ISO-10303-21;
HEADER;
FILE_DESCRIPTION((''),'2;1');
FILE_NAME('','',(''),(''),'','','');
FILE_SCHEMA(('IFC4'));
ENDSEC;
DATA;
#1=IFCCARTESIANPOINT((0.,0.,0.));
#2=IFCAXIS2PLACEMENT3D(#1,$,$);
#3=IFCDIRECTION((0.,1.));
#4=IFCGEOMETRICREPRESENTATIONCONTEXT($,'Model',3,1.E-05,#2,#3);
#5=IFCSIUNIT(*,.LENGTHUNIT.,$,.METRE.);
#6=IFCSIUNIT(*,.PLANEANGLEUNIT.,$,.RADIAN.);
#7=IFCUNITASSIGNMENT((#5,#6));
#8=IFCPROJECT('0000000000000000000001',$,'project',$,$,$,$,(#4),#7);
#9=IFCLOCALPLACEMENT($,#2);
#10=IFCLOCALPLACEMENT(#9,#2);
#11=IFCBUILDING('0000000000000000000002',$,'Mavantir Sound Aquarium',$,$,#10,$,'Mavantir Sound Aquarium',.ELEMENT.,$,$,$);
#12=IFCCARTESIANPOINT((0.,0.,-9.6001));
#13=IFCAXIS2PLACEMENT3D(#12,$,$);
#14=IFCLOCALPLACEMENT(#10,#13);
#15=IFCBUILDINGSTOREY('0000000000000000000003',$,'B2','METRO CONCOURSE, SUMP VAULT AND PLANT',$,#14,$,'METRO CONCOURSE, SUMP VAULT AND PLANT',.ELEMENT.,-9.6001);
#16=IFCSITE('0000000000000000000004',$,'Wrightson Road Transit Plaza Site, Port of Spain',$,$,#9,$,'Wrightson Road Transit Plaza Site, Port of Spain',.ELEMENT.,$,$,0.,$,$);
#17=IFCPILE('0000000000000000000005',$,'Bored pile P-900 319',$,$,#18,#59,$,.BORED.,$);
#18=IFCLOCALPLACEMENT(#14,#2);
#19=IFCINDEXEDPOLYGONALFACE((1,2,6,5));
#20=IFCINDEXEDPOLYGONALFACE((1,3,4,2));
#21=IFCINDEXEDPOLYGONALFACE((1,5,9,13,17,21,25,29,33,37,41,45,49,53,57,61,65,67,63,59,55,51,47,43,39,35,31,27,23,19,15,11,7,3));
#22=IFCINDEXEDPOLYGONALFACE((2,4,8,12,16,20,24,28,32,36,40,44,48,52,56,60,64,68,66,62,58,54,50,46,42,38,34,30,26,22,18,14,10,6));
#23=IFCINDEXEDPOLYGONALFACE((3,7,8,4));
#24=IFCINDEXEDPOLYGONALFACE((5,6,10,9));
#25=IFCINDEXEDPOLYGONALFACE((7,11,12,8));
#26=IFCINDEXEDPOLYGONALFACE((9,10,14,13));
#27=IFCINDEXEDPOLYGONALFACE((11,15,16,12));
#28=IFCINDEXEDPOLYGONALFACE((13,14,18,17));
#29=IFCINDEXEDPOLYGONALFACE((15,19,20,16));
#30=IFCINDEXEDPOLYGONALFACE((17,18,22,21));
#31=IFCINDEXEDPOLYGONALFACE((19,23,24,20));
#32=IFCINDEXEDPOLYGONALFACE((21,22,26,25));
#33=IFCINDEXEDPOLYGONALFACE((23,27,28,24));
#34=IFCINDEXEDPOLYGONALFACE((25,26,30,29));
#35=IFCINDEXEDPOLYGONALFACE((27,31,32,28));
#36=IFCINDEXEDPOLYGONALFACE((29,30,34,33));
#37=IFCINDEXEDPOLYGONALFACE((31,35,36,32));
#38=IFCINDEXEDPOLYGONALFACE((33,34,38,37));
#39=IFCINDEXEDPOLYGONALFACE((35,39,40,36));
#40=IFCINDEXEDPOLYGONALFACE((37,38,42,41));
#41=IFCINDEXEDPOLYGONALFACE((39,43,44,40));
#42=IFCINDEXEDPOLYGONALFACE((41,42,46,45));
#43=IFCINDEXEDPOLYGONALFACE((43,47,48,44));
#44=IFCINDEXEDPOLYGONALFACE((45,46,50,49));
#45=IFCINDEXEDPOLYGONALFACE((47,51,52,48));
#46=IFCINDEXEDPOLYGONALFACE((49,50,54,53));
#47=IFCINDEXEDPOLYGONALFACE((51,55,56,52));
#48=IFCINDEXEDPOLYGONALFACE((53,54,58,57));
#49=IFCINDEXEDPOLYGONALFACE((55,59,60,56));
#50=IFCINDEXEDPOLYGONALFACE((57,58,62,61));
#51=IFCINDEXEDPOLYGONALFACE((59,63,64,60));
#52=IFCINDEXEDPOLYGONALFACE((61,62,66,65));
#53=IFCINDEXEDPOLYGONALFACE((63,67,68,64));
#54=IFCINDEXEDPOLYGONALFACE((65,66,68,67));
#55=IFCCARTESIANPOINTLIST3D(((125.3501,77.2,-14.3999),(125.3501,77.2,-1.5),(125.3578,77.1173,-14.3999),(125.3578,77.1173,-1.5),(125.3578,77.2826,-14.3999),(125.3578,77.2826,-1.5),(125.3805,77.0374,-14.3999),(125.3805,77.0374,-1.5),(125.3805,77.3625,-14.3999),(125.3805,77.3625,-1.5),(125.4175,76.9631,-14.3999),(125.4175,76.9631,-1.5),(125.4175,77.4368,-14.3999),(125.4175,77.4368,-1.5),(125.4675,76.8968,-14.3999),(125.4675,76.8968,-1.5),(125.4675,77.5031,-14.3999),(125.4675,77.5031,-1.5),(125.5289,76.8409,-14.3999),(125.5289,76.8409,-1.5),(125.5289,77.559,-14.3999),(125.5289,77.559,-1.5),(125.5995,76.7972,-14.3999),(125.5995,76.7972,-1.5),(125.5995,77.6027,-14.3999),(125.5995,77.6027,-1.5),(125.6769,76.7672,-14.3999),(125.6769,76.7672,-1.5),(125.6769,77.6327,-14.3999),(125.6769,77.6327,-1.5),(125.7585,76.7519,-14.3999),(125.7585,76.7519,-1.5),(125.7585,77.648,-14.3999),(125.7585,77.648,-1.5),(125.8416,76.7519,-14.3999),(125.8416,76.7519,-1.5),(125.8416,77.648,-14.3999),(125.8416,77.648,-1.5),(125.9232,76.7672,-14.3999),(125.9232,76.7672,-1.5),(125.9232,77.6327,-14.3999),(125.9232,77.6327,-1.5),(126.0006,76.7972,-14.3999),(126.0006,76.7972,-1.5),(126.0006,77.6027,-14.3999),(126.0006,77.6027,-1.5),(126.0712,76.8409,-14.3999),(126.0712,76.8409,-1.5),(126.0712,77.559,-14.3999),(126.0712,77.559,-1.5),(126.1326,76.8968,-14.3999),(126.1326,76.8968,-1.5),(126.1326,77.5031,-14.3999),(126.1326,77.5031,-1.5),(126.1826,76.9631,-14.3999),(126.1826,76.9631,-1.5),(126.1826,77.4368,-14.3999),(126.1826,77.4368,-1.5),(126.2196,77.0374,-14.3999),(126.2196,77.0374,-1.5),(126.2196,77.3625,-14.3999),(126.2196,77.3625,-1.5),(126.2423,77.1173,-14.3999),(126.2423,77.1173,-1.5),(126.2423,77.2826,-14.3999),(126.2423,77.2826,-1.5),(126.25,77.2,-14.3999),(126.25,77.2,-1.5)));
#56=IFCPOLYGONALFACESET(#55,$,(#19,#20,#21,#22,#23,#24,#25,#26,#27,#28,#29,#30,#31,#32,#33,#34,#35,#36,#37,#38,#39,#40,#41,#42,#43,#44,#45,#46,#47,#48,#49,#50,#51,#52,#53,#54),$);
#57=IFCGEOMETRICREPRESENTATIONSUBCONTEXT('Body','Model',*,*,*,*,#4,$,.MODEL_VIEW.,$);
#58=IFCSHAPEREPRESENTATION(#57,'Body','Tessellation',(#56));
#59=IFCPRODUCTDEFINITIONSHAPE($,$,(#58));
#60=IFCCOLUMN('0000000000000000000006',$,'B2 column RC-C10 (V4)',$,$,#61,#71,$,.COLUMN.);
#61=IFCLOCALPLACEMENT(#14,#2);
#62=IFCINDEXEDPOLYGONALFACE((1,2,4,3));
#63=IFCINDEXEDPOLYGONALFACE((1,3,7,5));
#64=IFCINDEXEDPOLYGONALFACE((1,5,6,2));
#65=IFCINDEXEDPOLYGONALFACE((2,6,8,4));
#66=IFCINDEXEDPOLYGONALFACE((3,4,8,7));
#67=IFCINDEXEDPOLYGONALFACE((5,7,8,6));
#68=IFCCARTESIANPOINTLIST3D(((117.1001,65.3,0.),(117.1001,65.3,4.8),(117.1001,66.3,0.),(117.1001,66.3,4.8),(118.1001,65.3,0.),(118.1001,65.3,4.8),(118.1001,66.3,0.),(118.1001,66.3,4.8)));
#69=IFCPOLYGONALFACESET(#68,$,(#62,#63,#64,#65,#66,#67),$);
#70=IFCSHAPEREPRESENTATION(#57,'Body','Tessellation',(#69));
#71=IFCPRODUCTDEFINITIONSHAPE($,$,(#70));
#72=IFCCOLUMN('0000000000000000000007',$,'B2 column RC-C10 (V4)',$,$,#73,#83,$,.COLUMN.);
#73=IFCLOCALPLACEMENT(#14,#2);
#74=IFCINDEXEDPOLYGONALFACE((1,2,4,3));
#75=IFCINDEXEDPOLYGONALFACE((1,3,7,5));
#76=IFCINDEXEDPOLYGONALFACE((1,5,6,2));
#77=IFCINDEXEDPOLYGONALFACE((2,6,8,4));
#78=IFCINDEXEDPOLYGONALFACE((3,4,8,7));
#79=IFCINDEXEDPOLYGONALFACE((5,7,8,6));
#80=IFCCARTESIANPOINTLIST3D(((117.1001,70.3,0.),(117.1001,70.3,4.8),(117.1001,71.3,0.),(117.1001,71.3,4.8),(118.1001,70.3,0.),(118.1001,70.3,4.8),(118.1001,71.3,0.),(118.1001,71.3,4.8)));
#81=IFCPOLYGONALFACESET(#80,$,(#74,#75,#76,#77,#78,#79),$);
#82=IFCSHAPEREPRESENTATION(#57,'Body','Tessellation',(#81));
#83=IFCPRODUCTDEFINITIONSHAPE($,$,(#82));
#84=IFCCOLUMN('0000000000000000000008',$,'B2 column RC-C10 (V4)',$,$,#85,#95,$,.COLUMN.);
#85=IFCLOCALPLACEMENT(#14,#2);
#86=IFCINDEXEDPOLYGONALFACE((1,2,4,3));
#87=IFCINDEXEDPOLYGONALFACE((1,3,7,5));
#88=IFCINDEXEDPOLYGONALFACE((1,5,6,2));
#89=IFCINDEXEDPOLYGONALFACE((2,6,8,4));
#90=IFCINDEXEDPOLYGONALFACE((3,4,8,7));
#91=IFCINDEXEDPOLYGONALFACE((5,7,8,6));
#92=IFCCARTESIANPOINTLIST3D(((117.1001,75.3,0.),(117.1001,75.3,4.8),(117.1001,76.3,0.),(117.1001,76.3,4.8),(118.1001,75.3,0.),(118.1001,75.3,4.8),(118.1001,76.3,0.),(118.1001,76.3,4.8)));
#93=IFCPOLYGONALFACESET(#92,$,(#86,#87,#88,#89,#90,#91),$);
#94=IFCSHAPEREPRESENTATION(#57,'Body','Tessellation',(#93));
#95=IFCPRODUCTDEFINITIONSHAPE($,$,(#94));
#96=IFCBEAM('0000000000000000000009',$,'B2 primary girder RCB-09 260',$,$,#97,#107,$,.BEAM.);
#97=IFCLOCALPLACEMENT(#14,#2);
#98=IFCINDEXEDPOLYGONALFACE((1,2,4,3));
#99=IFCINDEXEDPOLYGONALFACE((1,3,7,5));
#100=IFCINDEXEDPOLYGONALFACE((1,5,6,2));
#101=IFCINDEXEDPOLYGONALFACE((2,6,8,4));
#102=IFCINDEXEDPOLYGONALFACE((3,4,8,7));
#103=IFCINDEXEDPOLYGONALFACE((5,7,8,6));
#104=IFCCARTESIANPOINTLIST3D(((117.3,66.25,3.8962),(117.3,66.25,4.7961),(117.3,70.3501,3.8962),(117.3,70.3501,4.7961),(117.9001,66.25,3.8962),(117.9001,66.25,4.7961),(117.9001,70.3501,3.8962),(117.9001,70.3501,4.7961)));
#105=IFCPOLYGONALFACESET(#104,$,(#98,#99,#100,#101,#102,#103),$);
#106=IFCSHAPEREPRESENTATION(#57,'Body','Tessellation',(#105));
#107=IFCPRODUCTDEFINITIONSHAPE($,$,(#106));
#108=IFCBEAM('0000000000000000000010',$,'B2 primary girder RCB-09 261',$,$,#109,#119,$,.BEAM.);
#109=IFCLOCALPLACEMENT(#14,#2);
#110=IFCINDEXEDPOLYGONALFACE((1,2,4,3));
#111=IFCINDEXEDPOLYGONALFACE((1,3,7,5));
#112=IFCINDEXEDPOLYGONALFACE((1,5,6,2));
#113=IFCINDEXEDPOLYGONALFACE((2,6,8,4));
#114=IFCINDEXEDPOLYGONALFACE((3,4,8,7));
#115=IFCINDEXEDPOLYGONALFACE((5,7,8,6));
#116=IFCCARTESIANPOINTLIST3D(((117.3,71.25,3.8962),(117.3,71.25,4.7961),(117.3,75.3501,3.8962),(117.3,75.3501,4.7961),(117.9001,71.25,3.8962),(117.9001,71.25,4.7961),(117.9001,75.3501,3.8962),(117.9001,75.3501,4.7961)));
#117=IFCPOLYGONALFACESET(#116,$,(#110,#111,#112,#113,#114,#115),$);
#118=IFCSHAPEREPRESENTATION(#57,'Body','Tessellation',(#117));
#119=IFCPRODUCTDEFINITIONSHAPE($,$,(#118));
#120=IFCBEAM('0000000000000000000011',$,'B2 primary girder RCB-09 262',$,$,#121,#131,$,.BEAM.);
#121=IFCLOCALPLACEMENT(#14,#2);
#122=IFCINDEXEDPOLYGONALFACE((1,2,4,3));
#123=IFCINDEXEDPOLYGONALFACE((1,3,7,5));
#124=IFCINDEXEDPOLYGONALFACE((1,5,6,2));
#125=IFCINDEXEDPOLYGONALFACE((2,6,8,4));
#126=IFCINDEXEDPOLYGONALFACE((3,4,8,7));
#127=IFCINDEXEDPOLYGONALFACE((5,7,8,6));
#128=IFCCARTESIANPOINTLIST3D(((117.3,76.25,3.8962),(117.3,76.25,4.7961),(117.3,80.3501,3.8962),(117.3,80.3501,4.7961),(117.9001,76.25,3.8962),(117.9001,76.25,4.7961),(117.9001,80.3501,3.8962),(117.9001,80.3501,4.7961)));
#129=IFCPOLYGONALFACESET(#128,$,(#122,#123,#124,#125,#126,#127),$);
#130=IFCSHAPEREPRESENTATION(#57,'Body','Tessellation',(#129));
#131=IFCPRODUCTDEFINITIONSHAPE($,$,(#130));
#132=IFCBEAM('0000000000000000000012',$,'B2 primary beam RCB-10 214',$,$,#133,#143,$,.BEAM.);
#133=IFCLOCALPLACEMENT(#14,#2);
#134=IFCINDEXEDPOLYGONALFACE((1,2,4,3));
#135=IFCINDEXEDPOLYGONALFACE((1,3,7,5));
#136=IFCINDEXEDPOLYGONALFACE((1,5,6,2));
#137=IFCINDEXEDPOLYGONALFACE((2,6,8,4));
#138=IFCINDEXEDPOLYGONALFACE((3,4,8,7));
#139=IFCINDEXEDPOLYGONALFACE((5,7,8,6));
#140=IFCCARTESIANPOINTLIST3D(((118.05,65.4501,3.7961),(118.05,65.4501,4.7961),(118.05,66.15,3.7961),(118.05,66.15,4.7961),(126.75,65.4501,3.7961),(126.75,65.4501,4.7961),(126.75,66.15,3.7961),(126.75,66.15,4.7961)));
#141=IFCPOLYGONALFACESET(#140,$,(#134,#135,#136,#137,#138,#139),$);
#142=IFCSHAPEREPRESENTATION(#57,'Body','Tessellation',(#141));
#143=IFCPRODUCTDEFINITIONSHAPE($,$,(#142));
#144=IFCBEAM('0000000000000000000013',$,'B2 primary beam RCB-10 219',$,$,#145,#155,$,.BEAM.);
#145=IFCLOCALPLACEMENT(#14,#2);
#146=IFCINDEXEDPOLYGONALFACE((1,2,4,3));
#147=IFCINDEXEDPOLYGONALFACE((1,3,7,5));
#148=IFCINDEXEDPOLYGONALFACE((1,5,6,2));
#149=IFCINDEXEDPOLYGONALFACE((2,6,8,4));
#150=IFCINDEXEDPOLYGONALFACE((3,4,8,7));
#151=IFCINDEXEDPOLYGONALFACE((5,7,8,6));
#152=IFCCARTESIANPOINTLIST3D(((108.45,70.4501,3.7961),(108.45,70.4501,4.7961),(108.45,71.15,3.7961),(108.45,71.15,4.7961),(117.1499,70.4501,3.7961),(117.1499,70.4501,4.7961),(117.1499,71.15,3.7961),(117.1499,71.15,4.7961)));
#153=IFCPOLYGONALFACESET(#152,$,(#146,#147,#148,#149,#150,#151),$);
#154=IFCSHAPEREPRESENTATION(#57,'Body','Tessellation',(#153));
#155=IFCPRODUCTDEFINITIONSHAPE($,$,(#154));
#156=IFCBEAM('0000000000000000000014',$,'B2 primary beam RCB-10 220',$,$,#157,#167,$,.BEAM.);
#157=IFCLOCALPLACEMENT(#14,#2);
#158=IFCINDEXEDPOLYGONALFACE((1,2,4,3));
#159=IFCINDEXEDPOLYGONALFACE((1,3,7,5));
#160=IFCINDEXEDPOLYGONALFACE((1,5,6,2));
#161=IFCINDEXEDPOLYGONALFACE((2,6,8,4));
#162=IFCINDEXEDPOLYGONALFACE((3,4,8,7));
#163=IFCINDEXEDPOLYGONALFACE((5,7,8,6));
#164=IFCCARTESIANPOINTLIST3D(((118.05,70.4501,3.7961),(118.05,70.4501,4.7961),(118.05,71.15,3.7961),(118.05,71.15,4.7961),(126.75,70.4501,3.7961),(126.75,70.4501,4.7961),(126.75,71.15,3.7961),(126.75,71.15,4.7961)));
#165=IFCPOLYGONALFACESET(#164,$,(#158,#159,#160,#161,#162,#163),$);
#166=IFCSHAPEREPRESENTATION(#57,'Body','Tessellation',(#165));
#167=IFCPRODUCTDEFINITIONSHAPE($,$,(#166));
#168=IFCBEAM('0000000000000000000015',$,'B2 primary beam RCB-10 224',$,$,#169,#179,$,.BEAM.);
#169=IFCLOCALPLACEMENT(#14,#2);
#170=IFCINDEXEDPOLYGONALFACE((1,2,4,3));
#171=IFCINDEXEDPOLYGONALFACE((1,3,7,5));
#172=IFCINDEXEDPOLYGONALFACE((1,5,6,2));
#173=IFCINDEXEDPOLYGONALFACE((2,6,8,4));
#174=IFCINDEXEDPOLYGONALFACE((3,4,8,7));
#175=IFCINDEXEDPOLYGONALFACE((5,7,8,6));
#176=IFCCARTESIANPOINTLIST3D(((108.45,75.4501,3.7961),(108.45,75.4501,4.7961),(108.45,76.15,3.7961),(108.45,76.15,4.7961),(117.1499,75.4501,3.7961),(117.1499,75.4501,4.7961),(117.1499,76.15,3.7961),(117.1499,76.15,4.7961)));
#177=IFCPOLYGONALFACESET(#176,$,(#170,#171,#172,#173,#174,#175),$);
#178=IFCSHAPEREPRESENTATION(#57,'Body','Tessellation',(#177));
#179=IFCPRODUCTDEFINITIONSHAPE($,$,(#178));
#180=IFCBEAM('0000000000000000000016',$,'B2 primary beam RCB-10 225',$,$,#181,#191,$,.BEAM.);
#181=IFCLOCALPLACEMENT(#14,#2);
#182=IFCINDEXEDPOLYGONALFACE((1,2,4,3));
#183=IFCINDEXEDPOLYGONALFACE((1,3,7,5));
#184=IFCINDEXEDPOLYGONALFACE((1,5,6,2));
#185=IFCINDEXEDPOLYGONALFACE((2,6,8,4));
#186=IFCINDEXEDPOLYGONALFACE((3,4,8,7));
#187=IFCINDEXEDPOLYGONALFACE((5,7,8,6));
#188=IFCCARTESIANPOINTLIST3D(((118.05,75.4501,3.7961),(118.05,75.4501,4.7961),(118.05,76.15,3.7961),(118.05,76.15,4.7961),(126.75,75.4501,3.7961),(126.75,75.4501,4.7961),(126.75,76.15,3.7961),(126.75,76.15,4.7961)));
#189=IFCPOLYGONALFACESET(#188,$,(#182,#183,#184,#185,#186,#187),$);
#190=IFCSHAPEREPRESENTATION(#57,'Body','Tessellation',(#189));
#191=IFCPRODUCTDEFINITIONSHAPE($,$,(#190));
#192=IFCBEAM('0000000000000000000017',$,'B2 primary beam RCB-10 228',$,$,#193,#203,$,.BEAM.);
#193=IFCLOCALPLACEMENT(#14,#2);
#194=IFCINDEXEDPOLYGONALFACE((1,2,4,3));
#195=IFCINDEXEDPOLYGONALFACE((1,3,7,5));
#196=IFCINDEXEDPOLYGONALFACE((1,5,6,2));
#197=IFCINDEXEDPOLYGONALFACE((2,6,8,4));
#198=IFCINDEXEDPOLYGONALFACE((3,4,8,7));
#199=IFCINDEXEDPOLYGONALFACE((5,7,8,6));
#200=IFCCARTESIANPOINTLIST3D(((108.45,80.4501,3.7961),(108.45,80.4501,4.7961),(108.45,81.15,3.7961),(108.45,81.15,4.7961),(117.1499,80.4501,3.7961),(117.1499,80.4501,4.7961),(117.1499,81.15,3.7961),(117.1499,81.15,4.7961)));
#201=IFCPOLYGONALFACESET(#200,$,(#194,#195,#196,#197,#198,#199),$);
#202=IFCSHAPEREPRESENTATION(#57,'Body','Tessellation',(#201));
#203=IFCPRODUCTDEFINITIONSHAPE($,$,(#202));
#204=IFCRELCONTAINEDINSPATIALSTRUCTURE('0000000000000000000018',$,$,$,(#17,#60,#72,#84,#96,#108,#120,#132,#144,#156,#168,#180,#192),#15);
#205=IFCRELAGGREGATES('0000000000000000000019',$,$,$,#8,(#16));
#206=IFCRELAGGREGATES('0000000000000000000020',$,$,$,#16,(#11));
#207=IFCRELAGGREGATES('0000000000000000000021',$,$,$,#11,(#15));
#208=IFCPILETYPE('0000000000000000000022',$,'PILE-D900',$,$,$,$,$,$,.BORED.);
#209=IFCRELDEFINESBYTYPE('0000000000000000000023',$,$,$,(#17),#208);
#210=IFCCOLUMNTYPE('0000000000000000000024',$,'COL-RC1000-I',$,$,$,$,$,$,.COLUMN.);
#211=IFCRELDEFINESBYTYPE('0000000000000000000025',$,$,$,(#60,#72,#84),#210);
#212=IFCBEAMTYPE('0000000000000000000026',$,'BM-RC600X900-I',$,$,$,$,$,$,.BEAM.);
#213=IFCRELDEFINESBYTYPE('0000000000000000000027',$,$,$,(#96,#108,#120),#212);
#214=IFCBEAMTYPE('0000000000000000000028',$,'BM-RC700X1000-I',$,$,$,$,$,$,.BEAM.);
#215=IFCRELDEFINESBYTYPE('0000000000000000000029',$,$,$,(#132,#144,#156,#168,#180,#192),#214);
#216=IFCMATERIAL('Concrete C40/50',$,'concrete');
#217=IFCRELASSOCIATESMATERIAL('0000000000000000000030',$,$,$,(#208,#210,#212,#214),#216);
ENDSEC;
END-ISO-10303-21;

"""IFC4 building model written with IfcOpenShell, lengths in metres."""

from ifc_helpers import new_model, si_unit, direction, frame, origin, origin_2d, place, context, subcontext, project, spatial, rectangle, circle, extrude, material, material_profile, profile_set, type_object, element, save


model = new_model("IFC4")

# Units and contexts
model_context = context("Model", 3, precision=1e-05, world=origin(), true_north=direction((0.0, 1.0)))
body_context = subcontext(model_context, "Body", "Model", "MODEL_VIEW")
ifc_project = project(units=[si_unit("LENGTHUNIT", "METRE"), si_unit("PLANEANGLEUNIT", "RADIAN")], contexts=[model_context])

# Site, building, storey
site_placement = place(None, origin())
site = spatial("IfcSite", under=ifc_project, at=site_placement, Name="Wrightson Road Transit Plaza Site, Port of Spain", LongName="Wrightson Road Transit Plaza Site, Port of Spain", CompositionType="ELEMENT", RefElevation=0.0)
building_placement = place(site_placement, origin())
building = spatial("IfcBuilding", under=site, at=building_placement, Name="Mavantir Sound Aquarium", LongName="Mavantir Sound Aquarium", CompositionType="ELEMENT")
storey_placement = place(building_placement, frame((0.0, 0.0, -9.6001)))
storey = spatial("IfcBuildingStorey", under=building, at=storey_placement, Name="B2", Description="METRO CONCOURSE, SUMP VAULT AND PLANT", LongName="METRO CONCOURSE, SUMP VAULT AND PLANT", CompositionType="ELEMENT", Elevation=-9.6001)

# Shared definitions
ifc_material = material(Name="Concrete C40/50", Category="concrete")

# Pile
ifc_material_profile_1 = material_profile(ifc_material, circle(Radius=0.45, at=origin_2d()), Name="PILE D900")
ifc_profile_set_1 = profile_set([ifc_material_profile_1], Name="Concrete C40/50")
pile_type = type_object("IfcPileType", Name="PILE-D900", PredefinedType="BORED", material=ifc_profile_set_1)
for number, where, z_axis, x_axis, name in (
    (1, (125.8, 77.2, -1.5), (0.0, 0.0, -1.0), (1.0, 0.0, 0.0), "Bored pile P-900 319"),
):
    element("IfcPile", number, at=place(storey_placement, frame(where, z_axis=z_axis, x_axis=x_axis)), inside=storey, type_object=pile_type, Name=name, PredefinedType="BORED", context=body_context, shape_type="SweptSolid", body=[
        extrude(circle(Radius=0.45, at=origin_2d()), origin(), (0.0, 0.0, 1.0), 12.8999),
    ])

# Columns
ifc_material_profile_2 = material_profile(ifc_material, rectangle(XDim=1.0, YDim=1.0, at=origin_2d()), Name="RC 1000X1000")
ifc_profile_set_2 = profile_set([ifc_material_profile_2], Name="Concrete C40/50")
column_type = type_object("IfcColumnType", Name="COL-RC1000-I", PredefinedType="COLUMN", material=ifc_profile_set_2)
for number, where, z_axis, x_axis, name in (
    (2, (117.6001, 65.8, 0.0), (0.0, 0.0, 1.0), (1.0, 0.0, 0.0), "B2 column RC-C10 (V4)"),
    (3, (117.6001, 70.8, 0.0), (0.0, 0.0, 1.0), (1.0, 0.0, 0.0), "B2 column RC-C10 (V4)"),
    (4, (117.6001, 75.8, 0.0), (0.0, 0.0, 1.0), (1.0, 0.0, 0.0), "B2 column RC-C10 (V4)"),
):
    element("IfcColumn", number, at=place(storey_placement, frame(where, z_axis=z_axis, x_axis=x_axis)), inside=storey, type_object=column_type, Name=name, PredefinedType="COLUMN", context=body_context, shape_type="SweptSolid", body=[
        extrude(rectangle(XDim=1.0, YDim=1.0, at=origin_2d()), origin(), (0.0, 0.0, 1.0), 4.8),
    ])

# Beams
ifc_material_profile_3 = material_profile(ifc_material, rectangle(XDim=0.6001, YDim=0.8999, at=origin_2d()), Name="RC 600X900")
ifc_profile_set_3 = profile_set([ifc_material_profile_3], Name="Concrete C40/50")
beam_type_1 = type_object("IfcBeamType", Name="BM-RC600X900-I", PredefinedType="BEAM", material=ifc_profile_set_3)
for number, where, z_axis, x_axis, name in (
    (5, (117.6001, 66.25, 4.3462), (0.0, 1.0, 0.0), (-1.0, 0.0, 0.0), "B2 primary girder RCB-09 260"),
    (6, (117.6001, 71.25, 4.3462), (0.0, 1.0, 0.0), (-1.0, 0.0, 0.0), "B2 primary girder RCB-09 261"),
    (7, (117.6001, 76.25, 4.3462), (0.0, 1.0, 0.0), (-1.0, 0.0, 0.0), "B2 primary girder RCB-09 262"),
):
    element("IfcBeam", number, at=place(storey_placement, frame(where, z_axis=z_axis, x_axis=x_axis)), inside=storey, type_object=beam_type_1, Name=name, PredefinedType="BEAM", context=body_context, shape_type="SweptSolid", body=[
        extrude(rectangle(XDim=0.6001, YDim=0.8999, at=origin_2d()), origin(), (0.0, 0.0, 1.0), 4.1001),
    ])
ifc_material_profile_4 = material_profile(ifc_material, rectangle(XDim=0.7, YDim=1.0, at=origin_2d()), Name="RC 700X1000")
ifc_profile_set_4 = profile_set([ifc_material_profile_4], Name="Concrete C40/50")
beam_type_2 = type_object("IfcBeamType", Name="BM-RC700X1000-I", PredefinedType="BEAM", material=ifc_profile_set_4)
for number, where, z_axis, x_axis, name in (
    (8, (118.05, 65.8, 4.2961), (1.0, 0.0, 0.0), (0.0, 1.0, 0.0), "B2 primary beam RCB-10 214"),
    (9, (108.45, 70.8, 4.2961), (1.0, 0.0, 0.0), (0.0, 1.0, 0.0), "B2 primary beam RCB-10 219"),
    (10, (118.05, 70.8, 4.2961), (1.0, 0.0, 0.0), (0.0, 1.0, 0.0), "B2 primary beam RCB-10 220"),
    (11, (108.45, 75.8, 4.2961), (1.0, 0.0, 0.0), (0.0, 1.0, 0.0), "B2 primary beam RCB-10 224"),
    (12, (118.05, 75.8, 4.2961), (1.0, 0.0, 0.0), (0.0, 1.0, 0.0), "B2 primary beam RCB-10 225"),
    (13, (108.45, 80.8, 4.2961), (1.0, 0.0, 0.0), (0.0, 1.0, 0.0), "B2 primary beam RCB-10 228"),
):
    element("IfcBeam", number, at=place(storey_placement, frame(where, z_axis=z_axis, x_axis=x_axis)), inside=storey, type_object=beam_type_2, Name=name, PredefinedType="BEAM", context=body_context, shape_type="SweptSolid", body=[
        extrude(rectangle(XDim=0.7, YDim=1.0, at=origin_2d()), origin(), (0.0, 0.0, 1.0), 8.7),
    ])

save(model, "model.ifc")
